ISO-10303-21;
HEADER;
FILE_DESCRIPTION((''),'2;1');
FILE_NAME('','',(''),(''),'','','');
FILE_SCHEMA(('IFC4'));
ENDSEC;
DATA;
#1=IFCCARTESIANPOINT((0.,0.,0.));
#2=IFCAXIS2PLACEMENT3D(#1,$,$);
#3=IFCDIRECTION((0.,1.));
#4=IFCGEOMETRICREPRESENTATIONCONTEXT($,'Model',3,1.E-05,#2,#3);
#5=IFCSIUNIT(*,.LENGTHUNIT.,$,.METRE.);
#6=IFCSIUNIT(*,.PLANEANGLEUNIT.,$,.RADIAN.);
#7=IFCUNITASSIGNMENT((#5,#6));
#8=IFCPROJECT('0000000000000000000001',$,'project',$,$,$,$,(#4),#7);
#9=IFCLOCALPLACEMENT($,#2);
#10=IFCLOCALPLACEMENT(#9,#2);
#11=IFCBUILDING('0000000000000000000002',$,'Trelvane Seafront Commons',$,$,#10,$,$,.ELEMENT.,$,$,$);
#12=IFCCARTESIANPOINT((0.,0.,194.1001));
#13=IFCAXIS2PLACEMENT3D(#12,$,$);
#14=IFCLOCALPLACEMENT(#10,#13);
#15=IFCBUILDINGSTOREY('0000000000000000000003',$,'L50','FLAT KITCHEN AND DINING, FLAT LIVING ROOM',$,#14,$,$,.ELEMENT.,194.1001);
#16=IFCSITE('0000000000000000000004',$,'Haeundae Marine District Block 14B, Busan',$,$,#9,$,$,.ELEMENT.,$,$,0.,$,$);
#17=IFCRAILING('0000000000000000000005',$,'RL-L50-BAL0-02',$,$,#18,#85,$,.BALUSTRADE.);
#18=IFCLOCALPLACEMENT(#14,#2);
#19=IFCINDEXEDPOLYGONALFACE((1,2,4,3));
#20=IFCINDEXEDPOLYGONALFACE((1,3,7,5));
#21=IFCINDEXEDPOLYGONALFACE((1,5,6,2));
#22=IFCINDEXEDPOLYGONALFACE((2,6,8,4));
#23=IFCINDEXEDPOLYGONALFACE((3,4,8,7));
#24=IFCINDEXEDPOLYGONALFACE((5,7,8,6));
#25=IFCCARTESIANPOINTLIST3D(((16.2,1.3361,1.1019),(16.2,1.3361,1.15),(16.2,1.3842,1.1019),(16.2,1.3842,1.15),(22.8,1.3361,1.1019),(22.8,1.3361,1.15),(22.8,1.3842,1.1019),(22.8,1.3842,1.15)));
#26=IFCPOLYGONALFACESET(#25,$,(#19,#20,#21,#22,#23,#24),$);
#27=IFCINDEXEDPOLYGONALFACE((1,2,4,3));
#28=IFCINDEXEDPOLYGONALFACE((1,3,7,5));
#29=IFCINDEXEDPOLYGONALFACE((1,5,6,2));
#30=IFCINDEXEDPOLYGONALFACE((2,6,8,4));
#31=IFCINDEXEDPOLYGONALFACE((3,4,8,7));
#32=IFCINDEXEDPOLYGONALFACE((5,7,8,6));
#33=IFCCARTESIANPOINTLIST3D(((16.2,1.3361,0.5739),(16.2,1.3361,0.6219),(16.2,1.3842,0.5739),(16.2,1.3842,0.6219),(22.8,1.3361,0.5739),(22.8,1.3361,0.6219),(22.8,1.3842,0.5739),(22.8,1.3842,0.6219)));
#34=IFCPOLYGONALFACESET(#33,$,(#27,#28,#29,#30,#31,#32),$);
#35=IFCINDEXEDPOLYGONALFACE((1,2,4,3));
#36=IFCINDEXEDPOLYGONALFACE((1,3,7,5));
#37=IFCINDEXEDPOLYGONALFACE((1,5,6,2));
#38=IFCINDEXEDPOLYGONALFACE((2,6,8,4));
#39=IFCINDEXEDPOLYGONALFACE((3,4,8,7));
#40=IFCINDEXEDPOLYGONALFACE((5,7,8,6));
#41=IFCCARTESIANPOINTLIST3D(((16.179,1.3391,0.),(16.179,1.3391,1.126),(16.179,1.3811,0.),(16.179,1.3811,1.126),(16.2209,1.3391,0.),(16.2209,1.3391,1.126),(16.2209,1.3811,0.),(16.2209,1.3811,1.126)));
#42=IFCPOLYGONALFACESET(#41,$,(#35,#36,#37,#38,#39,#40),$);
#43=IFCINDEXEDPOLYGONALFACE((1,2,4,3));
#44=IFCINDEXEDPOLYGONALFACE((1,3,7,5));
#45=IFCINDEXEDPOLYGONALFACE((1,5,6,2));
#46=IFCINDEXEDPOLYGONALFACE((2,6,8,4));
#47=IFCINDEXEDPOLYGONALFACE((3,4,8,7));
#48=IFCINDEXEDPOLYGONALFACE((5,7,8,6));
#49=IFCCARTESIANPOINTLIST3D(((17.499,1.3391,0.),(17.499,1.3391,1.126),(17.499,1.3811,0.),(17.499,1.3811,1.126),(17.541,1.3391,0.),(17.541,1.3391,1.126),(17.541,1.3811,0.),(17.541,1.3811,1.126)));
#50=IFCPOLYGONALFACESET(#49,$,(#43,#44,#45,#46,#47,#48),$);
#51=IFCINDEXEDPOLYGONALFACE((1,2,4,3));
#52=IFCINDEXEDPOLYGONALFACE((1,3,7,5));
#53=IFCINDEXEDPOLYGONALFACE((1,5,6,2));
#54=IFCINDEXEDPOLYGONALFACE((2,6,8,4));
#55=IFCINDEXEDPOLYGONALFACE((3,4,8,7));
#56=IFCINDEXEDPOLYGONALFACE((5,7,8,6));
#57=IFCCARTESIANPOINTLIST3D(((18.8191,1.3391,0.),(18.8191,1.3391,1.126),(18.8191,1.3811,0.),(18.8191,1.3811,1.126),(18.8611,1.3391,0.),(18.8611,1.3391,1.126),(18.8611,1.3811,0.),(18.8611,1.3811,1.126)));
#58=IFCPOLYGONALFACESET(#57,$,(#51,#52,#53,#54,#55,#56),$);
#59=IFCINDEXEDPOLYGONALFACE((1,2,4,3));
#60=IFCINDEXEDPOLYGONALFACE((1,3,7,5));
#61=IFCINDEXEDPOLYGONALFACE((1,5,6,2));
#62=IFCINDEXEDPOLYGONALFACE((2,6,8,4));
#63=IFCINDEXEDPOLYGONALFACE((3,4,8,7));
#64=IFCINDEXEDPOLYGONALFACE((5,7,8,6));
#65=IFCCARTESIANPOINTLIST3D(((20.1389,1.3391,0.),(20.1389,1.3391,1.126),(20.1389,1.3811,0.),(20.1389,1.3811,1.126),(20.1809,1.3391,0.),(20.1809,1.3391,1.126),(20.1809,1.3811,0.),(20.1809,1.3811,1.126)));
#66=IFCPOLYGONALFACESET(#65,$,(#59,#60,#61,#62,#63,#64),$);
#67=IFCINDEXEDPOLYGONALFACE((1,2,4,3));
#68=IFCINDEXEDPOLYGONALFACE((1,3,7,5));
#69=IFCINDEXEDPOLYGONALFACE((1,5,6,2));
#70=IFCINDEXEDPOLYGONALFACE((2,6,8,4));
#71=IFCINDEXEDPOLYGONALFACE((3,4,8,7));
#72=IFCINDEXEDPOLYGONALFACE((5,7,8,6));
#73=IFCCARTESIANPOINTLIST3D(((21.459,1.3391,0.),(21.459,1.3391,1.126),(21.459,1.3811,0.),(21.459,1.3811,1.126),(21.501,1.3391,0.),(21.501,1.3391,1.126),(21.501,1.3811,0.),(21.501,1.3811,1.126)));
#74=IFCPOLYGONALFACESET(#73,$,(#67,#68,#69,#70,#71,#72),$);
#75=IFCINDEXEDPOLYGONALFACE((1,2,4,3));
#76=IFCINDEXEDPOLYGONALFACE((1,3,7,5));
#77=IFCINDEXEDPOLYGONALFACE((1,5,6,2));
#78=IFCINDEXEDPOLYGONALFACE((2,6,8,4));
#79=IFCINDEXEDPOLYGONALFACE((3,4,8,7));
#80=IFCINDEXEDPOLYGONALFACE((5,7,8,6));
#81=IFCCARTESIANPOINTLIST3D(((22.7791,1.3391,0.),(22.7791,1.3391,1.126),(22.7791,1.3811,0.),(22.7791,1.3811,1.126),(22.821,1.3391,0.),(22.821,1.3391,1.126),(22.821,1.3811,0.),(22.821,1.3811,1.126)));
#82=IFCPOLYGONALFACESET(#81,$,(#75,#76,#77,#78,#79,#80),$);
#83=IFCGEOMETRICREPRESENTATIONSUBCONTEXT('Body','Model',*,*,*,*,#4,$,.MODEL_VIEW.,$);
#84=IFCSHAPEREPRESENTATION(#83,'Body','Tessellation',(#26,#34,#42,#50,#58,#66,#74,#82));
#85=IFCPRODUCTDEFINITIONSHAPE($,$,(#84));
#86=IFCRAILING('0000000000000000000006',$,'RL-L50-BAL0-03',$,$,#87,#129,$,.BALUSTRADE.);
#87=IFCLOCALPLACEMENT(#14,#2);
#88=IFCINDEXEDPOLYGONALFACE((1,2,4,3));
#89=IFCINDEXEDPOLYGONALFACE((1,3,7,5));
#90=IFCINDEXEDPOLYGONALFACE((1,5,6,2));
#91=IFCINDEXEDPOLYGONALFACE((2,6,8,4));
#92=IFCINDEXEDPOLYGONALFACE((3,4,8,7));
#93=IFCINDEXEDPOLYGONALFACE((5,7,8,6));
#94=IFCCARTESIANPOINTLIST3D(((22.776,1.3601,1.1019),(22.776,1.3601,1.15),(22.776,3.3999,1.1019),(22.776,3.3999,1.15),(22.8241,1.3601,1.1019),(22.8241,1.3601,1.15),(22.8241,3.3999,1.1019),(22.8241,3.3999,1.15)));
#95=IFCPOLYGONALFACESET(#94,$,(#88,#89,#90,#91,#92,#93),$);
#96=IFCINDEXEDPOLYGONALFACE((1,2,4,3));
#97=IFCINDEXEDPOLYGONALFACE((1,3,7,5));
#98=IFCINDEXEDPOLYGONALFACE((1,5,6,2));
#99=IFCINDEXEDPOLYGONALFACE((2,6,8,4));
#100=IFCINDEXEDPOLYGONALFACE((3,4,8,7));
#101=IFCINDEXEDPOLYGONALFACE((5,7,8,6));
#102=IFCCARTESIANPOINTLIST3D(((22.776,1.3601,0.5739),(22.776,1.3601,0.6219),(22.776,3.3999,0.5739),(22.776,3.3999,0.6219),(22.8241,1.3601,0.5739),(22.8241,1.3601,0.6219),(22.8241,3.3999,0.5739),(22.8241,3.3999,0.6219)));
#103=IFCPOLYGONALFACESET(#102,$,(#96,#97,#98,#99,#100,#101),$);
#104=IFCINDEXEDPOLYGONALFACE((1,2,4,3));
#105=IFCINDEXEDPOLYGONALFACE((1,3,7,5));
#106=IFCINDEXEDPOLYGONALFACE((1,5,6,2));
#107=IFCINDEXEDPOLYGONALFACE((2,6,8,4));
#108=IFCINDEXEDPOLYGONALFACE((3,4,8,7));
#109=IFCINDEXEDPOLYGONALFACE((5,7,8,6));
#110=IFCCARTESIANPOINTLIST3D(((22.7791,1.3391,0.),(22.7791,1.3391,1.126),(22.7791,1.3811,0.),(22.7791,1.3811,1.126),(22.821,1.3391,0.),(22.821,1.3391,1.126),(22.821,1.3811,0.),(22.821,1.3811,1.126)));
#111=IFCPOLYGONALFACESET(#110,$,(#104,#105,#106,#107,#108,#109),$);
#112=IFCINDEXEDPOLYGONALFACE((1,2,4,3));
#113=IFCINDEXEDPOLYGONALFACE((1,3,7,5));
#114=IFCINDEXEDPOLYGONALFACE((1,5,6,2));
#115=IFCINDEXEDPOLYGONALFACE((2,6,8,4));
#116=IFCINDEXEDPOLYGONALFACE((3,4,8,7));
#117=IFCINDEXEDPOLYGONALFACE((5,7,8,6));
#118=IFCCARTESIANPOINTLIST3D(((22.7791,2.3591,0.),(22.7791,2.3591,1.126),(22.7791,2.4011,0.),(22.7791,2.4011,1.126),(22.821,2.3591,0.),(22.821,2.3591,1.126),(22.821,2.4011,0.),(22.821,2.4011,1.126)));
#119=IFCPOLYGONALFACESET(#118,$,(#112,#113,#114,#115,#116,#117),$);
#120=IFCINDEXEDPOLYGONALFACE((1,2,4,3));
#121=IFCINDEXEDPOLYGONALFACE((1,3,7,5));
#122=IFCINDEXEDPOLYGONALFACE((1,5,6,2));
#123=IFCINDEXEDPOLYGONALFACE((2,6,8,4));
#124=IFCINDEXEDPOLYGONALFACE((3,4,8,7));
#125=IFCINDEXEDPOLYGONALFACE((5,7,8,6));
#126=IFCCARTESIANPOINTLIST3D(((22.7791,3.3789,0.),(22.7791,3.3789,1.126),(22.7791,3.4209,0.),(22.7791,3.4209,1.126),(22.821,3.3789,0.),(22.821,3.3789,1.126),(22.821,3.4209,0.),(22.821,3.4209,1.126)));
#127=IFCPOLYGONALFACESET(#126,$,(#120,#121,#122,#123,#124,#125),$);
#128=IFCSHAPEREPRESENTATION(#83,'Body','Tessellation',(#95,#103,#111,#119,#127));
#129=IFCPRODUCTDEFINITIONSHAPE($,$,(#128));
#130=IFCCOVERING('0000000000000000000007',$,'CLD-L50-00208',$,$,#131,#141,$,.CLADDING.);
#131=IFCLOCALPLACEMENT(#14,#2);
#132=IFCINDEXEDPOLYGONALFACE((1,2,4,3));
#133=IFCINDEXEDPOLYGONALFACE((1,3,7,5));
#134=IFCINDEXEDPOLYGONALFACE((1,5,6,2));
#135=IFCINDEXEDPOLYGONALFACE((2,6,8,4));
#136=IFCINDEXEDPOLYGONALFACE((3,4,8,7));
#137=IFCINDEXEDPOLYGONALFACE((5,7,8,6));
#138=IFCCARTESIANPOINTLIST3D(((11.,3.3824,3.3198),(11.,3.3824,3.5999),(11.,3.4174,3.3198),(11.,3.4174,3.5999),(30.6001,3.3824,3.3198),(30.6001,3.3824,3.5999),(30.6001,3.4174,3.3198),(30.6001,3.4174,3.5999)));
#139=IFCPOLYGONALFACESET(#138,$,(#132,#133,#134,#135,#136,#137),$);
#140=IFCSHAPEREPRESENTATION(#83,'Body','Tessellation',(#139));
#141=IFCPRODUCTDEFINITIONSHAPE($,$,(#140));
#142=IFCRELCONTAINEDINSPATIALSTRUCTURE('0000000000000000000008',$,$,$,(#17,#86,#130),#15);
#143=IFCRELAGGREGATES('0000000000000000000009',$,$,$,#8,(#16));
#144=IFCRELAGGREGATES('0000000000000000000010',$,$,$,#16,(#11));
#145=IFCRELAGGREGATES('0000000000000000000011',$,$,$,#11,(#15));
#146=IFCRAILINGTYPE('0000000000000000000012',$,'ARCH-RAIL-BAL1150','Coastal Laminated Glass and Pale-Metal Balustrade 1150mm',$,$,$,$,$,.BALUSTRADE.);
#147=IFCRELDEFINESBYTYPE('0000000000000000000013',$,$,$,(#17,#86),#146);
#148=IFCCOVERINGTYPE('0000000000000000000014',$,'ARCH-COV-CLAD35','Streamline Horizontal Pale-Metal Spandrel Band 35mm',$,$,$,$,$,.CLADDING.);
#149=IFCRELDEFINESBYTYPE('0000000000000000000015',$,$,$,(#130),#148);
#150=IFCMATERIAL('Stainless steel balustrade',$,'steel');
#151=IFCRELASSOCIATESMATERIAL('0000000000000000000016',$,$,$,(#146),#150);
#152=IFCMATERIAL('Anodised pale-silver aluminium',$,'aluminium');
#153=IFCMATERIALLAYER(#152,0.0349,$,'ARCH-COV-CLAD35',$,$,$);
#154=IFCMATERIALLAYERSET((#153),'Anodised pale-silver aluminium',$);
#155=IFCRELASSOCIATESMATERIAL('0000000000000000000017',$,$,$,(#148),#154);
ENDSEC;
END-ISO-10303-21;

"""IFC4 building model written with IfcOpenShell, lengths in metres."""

from ifc_helpers import new_model, si_unit, direction, frame, origin, origin_2d, place, context, subcontext, project, spatial, rectangle, extrude, source, transform, mapped, material, layer, layer_set, type_object, element, save


model = new_model("IFC4")

# Units and contexts
model_context = context("Model", 3, precision=1e-05, world=origin(), true_north=direction((0.0, 1.0)))
body_context = subcontext(model_context, "Body", "Model", "MODEL_VIEW")
ifc_project = project(units=[si_unit("LENGTHUNIT", "METRE"), si_unit("PLANEANGLEUNIT", "RADIAN")], contexts=[model_context])

# Site, building, storey
site_placement = place(None, origin())
site = spatial("IfcSite", under=ifc_project, at=site_placement, Name="Haeundae Marine District Block 14B, Busan", CompositionType="ELEMENT", RefElevation=0.0)
building_placement = place(site_placement, origin())
building = spatial("IfcBuilding", under=site, at=building_placement, Name="Trelvane Seafront Commons", CompositionType="ELEMENT")
storey_placement = place(building_placement, frame((0.0, 0.0, 194.1001)))
storey = spatial("IfcBuildingStorey", under=building, at=storey_placement, Name="L50", Description="FLAT KITCHEN AND DINING, FLAT LIVING ROOM", CompositionType="ELEMENT", Elevation=194.1001)

# Shared definitions
ifc_material_1 = material(Name="Anodised pale-silver aluminium", Category="aluminium")

# Railings
ifc_material_2 = material(Name="Stainless steel balustrade", Category="steel")
railing_type = type_object("IfcRailingType", Name="ARCH-RAIL-BAL1150", Description="Coastal Laminated Glass and Pale-Metal Balustrade 1150mm", PredefinedType="BALUSTRADE", material=ifc_material_2)
railing_1_placement = place(storey_placement, frame((16.2, 1.3601, 0.0)))
element("IfcRailing", 1, at=railing_1_placement, inside=storey, type_object=railing_type, Name="RL-L50-BAL0-02", PredefinedType="BALUSTRADE", context=body_context, shape_type="SweptSolid", body=[
    extrude(rectangle(XDim=0.0481, YDim=0.0481, at=origin_2d()), frame((0.0, 0.0, 1.126), z_axis=(1.0, 0.0, 0.0), x_axis=(0.0, 1.0, 0.0)), (0.0, 0.0, 1.0), 6.6001),
    extrude(rectangle(XDim=0.0481, YDim=0.0481, at=origin_2d()), frame((0.0, 0.0, 0.5979), z_axis=(1.0, 0.0, 0.0), x_axis=(0.0, 1.0, 0.0)), (0.0, 0.0, 1.0), 6.6001),
    extrude(rectangle(XDim=0.042, YDim=0.042, at=origin_2d()), origin(), (0.0, 0.0, 1.0), 1.126),
    extrude(rectangle(XDim=0.042, YDim=0.042, at=origin_2d()), frame((1.3201, 0.0, 0.0)), (0.0, 0.0, 1.0), 1.126),
    extrude(rectangle(XDim=0.042, YDim=0.042, at=origin_2d()), frame((2.6401, 0.0, 0.0)), (0.0, 0.0, 1.0), 1.126),
    extrude(rectangle(XDim=0.042, YDim=0.042, at=origin_2d()), frame((3.96, 0.0, 0.0)), (0.0, 0.0, 1.0), 1.126),
    extrude(rectangle(XDim=0.042, YDim=0.042, at=origin_2d()), frame((5.28, 0.0, 0.0)), (0.0, 0.0, 1.0), 1.126),
    extrude(rectangle(XDim=0.042, YDim=0.042, at=origin_2d()), frame((6.6001, 0.0, 0.0)), (0.0, 0.0, 1.0), 1.126),
])
railing_2_placement = place(storey_placement, frame((22.8, 1.3601, 0.0)))
element("IfcRailing", 2, at=railing_2_placement, inside=storey, type_object=railing_type, Name="RL-L50-BAL0-03", PredefinedType="BALUSTRADE", context=body_context, shape_type="SweptSolid", body=[
    extrude(rectangle(XDim=0.0481, YDim=0.0481, at=origin_2d()), frame((0.0, 0.0, 1.126), z_axis=(0.0, 1.0, 0.0), x_axis=(-1.0, 0.0, 0.0)), (0.0, 0.0, 1.0), 2.0398),
    extrude(rectangle(XDim=0.0481, YDim=0.0481, at=origin_2d()), frame((0.0, 0.0, 0.5979), z_axis=(0.0, 1.0, 0.0), x_axis=(-1.0, 0.0, 0.0)), (0.0, 0.0, 1.0), 2.0398),
    extrude(rectangle(XDim=0.042, YDim=0.042, at=origin_2d()), origin(), (0.0, 0.0, 1.0), 1.126),
    extrude(rectangle(XDim=0.042, YDim=0.042, at=origin_2d()), frame((0.0, 1.02, 0.0)), (0.0, 0.0, 1.0), 1.126),
    extrude(rectangle(XDim=0.042, YDim=0.042, at=origin_2d()), frame((0.0, 2.0398, 0.0)), (0.0, 0.0, 1.0), 1.126),
])

# Covering
ifc_layer_1 = layer(ifc_material_1, 0.0349, Name="ARCH-COV-CLAD35")
ifc_layer_set_1 = layer_set([ifc_layer_1], Name="Anodised pale-silver aluminium")
covering_type = type_object("IfcCoveringType", Name="ARCH-COV-CLAD35", Description="Streamline Horizontal Pale-Metal Spandrel Band 35mm", PredefinedType="CLADDING", material=ifc_layer_set_1)
shared_shape_1 = source(origin(), body_context, "Body", "SweptSolid", [
    extrude(rectangle(XDim=19.6001, YDim=0.0349, at=origin_2d()), origin(), (0.0, 0.0, 1.0), 0.28),
])
covering_placement = place(storey_placement, frame((20.8, 3.3999, 3.3198), z_axis=(0.0, 0.0, 1.0), x_axis=(-1.0, 0.0, 0.0)))
element("IfcCovering", 3, at=covering_placement, inside=storey, type_object=covering_type, Name="CLD-L50-00208", PredefinedType="CLADDING", context=body_context, shape_type="MappedRepresentation", body=[
    mapped(shared_shape_1, transform((0.0, 0.0, 0.0), x_axis=(1.0, 0.0, 0.0), y_axis=(0.0, 1.0, 0.0), z_axis=(0.0, 0.0, 1.0), scale=1.0)),
])

save(model, "model.ifc")
